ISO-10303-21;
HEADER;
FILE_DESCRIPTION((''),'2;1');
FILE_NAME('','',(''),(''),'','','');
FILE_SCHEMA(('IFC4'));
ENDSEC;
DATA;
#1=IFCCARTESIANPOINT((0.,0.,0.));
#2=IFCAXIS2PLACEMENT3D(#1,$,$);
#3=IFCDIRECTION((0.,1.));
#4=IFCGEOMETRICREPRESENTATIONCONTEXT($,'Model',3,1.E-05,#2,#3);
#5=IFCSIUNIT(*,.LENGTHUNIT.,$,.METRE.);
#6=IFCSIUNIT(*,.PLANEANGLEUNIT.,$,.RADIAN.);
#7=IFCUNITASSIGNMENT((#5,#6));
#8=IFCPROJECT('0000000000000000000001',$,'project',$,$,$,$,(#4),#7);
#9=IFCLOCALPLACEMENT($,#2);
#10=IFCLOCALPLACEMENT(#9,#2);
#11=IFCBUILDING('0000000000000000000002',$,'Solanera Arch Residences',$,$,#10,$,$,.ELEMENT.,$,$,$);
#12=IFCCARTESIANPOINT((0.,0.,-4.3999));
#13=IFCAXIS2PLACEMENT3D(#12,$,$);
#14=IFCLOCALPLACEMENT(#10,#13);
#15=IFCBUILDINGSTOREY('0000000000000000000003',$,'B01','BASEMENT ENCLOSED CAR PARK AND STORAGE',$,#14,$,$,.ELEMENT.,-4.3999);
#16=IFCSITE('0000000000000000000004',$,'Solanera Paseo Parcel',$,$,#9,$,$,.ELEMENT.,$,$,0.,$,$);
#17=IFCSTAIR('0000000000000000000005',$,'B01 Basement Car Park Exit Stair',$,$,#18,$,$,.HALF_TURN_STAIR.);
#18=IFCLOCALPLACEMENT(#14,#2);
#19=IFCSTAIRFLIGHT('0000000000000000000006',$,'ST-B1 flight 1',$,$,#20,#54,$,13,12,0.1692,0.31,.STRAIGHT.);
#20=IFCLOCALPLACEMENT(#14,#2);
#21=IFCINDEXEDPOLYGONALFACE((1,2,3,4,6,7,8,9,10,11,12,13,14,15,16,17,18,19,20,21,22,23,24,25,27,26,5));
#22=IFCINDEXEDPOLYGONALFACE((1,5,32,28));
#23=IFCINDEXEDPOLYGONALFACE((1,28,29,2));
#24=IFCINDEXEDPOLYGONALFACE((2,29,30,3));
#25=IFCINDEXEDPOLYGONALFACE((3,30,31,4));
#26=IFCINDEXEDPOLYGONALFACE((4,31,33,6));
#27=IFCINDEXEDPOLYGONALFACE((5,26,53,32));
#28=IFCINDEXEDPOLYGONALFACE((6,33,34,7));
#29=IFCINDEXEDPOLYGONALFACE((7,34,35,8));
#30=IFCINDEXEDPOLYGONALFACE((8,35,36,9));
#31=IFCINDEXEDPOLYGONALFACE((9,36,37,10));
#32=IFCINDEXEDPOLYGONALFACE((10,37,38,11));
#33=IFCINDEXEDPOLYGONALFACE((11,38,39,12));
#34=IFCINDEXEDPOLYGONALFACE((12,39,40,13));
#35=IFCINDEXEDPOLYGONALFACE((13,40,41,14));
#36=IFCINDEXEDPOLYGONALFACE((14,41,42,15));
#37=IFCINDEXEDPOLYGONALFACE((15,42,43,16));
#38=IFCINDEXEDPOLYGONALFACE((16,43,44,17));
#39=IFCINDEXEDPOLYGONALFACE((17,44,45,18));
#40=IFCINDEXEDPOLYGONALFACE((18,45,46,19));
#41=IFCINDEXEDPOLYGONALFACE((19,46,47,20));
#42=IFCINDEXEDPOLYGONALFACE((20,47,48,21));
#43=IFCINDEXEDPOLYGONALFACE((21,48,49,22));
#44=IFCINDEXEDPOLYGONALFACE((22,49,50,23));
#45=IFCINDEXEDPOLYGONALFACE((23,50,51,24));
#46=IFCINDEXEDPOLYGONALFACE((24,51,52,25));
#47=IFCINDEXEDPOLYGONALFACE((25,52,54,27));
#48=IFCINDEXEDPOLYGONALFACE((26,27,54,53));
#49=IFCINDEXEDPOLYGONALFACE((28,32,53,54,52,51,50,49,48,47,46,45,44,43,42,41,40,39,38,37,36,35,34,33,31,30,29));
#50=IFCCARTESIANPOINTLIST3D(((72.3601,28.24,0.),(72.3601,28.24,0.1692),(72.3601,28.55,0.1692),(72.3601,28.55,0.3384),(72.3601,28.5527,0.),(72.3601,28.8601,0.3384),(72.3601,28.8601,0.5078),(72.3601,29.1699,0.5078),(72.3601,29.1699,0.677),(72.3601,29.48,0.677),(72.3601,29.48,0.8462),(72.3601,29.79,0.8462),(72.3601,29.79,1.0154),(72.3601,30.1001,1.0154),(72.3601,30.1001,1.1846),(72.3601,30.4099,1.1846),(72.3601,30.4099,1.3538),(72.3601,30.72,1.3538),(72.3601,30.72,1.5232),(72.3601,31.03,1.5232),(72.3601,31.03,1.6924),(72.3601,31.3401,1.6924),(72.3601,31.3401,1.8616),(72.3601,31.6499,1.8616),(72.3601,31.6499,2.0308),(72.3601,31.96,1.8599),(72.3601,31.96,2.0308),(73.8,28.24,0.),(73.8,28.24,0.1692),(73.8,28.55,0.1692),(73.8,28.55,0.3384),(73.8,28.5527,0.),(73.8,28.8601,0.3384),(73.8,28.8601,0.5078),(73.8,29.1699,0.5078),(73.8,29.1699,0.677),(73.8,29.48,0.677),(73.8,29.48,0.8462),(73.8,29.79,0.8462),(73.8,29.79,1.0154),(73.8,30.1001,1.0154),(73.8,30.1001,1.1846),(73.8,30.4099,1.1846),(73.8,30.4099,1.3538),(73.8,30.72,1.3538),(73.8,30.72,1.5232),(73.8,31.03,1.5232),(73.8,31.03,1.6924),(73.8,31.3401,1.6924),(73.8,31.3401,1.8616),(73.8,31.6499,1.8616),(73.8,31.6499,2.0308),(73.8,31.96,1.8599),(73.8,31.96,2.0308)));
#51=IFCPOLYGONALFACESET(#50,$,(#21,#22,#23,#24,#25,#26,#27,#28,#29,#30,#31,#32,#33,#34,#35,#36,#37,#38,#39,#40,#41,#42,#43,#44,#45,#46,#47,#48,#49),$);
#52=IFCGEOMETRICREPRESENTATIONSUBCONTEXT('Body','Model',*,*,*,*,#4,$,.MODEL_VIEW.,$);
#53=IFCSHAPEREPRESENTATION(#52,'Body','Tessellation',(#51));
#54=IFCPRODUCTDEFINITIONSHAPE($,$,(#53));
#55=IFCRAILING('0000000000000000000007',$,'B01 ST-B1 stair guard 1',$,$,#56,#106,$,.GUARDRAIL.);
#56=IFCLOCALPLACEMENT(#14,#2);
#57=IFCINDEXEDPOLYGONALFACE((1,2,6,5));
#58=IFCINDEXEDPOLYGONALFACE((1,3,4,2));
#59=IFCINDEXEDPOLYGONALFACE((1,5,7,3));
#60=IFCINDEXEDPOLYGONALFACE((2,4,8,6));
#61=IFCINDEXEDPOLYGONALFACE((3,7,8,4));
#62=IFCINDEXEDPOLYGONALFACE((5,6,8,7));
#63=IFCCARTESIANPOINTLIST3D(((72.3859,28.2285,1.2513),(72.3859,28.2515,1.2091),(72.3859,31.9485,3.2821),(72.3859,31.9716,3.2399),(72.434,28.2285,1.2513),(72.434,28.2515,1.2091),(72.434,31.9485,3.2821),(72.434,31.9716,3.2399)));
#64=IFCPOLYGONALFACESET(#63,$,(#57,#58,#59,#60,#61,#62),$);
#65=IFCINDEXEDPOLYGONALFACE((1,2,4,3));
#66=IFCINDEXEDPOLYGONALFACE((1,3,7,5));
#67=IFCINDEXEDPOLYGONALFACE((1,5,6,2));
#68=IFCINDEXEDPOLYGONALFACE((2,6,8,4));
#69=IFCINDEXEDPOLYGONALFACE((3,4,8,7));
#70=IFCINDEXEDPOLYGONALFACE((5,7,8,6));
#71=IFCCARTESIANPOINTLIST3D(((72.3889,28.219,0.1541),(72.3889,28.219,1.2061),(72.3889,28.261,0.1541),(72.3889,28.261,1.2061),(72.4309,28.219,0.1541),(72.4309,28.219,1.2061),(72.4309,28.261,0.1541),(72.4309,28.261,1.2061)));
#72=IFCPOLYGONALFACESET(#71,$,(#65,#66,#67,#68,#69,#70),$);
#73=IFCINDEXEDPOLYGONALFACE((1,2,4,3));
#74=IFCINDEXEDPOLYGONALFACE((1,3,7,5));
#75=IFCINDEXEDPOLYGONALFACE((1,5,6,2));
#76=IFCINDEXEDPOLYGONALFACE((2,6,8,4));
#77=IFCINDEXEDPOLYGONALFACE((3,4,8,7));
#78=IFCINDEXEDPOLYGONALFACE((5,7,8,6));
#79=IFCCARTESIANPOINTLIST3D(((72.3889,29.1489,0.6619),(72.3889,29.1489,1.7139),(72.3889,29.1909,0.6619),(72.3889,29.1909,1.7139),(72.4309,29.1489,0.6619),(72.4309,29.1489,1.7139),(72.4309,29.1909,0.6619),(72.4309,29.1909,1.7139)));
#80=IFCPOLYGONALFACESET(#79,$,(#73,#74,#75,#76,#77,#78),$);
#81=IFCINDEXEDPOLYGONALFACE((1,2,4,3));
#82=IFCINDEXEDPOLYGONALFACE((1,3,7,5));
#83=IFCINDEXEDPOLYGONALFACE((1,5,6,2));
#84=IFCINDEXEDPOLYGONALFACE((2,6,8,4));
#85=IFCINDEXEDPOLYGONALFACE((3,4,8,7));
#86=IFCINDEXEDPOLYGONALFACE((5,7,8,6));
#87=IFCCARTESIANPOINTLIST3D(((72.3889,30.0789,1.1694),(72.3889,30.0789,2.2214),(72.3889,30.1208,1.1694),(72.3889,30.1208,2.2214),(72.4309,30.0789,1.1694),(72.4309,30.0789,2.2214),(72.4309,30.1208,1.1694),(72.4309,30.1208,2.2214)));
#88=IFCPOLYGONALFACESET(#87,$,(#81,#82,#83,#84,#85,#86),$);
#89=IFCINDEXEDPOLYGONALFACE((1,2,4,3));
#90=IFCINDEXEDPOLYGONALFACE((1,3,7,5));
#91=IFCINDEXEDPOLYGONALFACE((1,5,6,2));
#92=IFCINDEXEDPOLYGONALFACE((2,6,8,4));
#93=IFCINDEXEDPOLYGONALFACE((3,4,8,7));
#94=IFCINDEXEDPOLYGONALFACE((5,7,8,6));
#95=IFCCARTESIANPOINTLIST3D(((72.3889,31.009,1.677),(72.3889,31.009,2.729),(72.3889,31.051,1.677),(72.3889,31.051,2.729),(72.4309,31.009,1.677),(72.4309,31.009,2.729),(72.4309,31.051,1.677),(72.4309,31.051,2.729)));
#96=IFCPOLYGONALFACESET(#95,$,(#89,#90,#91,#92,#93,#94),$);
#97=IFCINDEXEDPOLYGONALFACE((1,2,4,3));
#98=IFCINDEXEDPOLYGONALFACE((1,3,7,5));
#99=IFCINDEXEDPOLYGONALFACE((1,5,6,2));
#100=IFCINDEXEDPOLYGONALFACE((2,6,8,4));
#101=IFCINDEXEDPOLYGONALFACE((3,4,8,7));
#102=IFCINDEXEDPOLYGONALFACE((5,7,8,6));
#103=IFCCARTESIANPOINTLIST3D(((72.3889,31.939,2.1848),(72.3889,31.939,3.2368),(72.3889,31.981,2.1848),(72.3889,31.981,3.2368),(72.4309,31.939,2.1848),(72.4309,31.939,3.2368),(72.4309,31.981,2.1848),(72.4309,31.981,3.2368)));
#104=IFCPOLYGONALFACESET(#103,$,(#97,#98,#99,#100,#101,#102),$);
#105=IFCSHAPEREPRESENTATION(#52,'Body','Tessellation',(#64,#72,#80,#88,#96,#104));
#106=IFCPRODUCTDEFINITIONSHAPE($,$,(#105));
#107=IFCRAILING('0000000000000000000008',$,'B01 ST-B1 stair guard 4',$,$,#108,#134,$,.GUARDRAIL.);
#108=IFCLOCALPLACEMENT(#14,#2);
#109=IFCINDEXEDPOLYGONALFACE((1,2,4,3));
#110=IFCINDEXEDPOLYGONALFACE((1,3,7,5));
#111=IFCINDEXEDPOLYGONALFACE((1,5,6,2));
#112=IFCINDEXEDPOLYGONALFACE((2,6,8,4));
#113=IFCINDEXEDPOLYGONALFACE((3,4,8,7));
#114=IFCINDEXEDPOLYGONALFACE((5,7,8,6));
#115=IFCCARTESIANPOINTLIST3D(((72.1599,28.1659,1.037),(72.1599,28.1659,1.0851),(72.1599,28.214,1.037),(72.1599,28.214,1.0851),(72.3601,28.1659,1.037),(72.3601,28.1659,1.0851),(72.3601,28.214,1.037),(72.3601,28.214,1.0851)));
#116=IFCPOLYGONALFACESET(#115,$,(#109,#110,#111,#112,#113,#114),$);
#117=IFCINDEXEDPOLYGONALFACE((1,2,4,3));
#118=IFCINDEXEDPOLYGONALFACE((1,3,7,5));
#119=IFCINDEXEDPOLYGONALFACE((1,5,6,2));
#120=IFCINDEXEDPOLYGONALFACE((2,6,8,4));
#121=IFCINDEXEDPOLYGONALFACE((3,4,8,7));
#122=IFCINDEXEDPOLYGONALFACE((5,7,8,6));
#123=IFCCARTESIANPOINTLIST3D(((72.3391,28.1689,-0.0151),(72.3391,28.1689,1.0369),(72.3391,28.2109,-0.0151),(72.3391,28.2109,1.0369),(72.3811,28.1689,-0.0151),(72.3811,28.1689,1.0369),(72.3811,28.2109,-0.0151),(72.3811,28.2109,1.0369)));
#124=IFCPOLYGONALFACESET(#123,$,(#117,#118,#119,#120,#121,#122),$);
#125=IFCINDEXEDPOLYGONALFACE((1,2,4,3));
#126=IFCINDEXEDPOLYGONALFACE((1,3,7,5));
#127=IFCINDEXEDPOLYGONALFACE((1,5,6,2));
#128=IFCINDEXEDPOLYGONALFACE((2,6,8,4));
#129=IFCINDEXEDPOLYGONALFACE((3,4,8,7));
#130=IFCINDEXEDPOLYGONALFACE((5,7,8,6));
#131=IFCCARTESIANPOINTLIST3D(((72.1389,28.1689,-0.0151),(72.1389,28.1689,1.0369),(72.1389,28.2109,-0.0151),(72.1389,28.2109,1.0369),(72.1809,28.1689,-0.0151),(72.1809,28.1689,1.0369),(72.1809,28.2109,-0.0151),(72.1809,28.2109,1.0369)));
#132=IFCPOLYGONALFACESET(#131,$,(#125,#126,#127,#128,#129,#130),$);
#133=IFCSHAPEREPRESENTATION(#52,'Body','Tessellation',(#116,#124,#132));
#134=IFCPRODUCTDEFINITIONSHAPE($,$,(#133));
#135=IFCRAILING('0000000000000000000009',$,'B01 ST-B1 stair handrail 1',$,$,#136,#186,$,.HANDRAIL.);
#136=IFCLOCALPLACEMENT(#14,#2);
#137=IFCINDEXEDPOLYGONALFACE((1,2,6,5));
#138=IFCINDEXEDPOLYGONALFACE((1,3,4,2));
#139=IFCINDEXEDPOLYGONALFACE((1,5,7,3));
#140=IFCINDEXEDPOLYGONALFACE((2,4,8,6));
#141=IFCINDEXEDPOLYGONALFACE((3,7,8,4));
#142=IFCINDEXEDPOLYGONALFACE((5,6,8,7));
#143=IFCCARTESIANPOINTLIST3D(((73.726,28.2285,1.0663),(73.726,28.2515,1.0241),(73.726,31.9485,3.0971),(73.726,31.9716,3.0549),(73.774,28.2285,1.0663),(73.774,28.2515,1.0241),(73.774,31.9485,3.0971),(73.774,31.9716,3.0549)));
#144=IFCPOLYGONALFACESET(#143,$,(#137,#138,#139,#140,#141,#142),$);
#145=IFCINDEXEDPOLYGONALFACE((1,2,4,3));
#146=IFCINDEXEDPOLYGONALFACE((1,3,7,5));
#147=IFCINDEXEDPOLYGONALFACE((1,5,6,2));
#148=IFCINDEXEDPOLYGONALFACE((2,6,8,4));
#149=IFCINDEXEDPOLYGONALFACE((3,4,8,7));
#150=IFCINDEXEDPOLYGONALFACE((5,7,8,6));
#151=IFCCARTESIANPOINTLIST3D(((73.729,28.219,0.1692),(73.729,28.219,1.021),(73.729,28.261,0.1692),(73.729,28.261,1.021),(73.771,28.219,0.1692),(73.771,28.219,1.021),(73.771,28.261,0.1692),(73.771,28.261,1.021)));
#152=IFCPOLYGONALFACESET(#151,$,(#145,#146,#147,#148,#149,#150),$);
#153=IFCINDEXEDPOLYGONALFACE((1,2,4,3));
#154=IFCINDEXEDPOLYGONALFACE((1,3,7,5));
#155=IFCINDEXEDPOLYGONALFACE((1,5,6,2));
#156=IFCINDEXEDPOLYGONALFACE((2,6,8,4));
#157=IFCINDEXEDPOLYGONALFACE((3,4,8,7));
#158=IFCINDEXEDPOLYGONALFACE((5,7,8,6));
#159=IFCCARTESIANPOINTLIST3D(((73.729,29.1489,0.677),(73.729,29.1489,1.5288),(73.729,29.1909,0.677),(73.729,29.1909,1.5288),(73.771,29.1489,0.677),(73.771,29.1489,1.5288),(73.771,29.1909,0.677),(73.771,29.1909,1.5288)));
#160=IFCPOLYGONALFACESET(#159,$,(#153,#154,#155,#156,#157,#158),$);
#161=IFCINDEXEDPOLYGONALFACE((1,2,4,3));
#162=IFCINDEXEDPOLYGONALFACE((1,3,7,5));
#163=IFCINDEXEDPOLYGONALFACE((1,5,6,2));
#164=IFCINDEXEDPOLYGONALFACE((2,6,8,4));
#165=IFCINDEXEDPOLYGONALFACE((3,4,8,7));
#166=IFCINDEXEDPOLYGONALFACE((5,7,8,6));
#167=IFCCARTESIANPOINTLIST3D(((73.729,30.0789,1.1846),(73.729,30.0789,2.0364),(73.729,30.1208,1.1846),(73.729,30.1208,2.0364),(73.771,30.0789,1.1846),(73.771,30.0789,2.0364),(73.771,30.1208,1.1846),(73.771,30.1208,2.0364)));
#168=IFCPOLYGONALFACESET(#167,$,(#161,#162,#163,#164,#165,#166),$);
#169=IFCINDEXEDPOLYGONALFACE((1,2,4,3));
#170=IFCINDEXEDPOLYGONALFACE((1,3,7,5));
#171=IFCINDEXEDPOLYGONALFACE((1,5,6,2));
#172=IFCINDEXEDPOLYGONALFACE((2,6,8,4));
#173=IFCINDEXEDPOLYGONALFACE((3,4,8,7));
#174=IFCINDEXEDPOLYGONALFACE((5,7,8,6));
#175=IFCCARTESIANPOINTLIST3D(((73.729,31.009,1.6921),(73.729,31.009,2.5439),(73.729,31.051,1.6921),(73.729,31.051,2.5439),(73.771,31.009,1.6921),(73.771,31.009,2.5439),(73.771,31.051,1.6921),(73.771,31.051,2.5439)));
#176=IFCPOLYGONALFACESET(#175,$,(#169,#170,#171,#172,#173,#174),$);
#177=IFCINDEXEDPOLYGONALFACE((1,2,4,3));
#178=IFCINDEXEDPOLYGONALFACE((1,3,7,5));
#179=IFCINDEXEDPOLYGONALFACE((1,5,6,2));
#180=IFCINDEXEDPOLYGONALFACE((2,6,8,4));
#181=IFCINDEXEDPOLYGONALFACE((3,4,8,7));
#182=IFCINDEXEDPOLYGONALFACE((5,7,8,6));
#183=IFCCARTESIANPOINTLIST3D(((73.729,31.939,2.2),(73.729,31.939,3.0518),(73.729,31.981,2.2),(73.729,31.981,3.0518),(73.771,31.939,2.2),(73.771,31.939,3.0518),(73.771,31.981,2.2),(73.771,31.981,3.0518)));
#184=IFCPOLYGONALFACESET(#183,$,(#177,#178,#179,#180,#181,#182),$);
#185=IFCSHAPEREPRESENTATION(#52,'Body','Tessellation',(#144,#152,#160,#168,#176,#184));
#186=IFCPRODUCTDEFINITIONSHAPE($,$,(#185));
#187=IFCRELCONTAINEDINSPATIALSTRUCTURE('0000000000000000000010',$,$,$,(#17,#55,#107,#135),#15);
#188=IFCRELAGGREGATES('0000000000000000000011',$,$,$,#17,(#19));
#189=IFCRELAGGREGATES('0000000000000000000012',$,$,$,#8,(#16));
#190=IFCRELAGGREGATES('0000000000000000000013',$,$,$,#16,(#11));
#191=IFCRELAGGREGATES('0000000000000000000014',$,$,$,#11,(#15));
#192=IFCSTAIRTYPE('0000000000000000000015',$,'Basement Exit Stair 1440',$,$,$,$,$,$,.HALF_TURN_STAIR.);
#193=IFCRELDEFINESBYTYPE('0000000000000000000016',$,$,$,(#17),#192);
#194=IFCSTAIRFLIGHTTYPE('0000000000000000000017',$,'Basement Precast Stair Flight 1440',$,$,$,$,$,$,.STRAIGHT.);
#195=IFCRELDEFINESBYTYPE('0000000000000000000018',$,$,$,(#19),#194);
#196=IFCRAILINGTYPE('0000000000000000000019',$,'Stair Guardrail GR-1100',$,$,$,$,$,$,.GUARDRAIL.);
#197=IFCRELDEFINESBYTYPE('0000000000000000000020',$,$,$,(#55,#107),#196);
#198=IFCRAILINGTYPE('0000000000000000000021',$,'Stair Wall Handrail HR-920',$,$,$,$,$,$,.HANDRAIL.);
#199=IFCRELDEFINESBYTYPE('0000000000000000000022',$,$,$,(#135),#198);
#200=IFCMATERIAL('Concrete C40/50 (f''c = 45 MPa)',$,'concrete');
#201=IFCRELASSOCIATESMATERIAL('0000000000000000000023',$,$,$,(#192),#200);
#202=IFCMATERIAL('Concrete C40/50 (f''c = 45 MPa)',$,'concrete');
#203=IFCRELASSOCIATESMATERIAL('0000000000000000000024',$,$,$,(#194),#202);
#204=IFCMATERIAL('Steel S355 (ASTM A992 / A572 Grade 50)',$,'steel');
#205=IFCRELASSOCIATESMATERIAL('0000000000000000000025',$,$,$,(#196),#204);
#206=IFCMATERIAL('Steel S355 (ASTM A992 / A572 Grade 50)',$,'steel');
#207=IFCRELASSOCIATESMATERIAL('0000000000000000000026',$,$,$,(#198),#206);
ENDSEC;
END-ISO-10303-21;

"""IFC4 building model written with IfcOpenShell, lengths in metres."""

from ifc_helpers import new_model, si_unit, direction, frame, origin, origin_2d, place, context, subcontext, project, spatial, polyline, rectangle, outline, extrude, material, type_object, element, aggregate, save


model = new_model("IFC4")

# Units and contexts
model_context = context("Model", 3, precision=1e-05, world=origin(), true_north=direction((0.0, 1.0)))
body_context = subcontext(model_context, "Body", "Model", "MODEL_VIEW")
ifc_project = project(units=[si_unit("LENGTHUNIT", "METRE"), si_unit("PLANEANGLEUNIT", "RADIAN")], contexts=[model_context])

# Site, building, storey
site_placement = place(None, origin())
site = spatial("IfcSite", under=ifc_project, at=site_placement, Name="Solanera Paseo Parcel", CompositionType="ELEMENT", RefElevation=0.0)
building_placement = place(site_placement, origin())
building = spatial("IfcBuilding", under=site, at=building_placement, Name="Solanera Arch Residences", CompositionType="ELEMENT")
storey_placement = place(building_placement, frame((0.0, 0.0, -4.3999)))
storey = spatial("IfcBuildingStorey", under=building, at=storey_placement, Name="B01", Description="BASEMENT ENCLOSED CAR PARK AND STORAGE", CompositionType="ELEMENT", Elevation=-4.3999)

# Stair, stair flight
ifc_material_1 = material(Name="Concrete C40/50 (f'c = 45 MPa)", Category="concrete")
stair_type = type_object("IfcStairType", Name="Basement Exit Stair 1440", PredefinedType="HALF_TURN_STAIR", material=ifc_material_1)
stair_placement = place(storey_placement, origin())
stair = element("IfcStair", 1, at=stair_placement, inside=storey, type_object=stair_type, Name="B01 Basement Car Park Exit Stair", PredefinedType="HALF_TURN_STAIR")
ifc_material_2 = material(Name="Concrete C40/50 (f'c = 45 MPa)", Category="concrete")
stair_flight_type = type_object("IfcStairFlightType", Name="Basement Precast Stair Flight 1440", PredefinedType="STRAIGHT", material=ifc_material_2)
stair_flight_placement = place(storey_placement, frame((73.0801, 28.24, 0.0), z_axis=(0.0, 0.0, 1.0), x_axis=(0.0, 1.0, 0.0)))
stair_flight = element("IfcStairFlight", 2, at=stair_flight_placement, type_object=stair_flight_type, Name="ST-B1 flight 1", NumberOfRisers=13, NumberOfTreads=12, PredefinedType="STRAIGHT", RiserHeight=0.1692, TreadLength=0.31, context=body_context, shape_type="SweptSolid", body=[
    extrude(outline(polyline([(0.0, 0.0), (0.0, 0.1692), (0.3101, 0.1692), (0.3101, 0.3384), (0.6201, 0.3384), (0.6201, 0.5078), (0.9299, 0.5078), (0.9299, 0.677), (1.24, 0.677), (1.24, 0.8462), (1.55, 0.8462), (1.55, 1.0154), (1.8601, 1.0154), (1.8601, 1.1846), (2.1699, 1.1846), (2.1699, 1.3538), (2.48, 1.3538), (2.48, 1.5232), (2.79, 1.5232), (2.79, 1.6924), (3.1001, 1.6924), (3.1001, 1.8616), (3.4099, 1.8616), (3.4099, 2.0308), (3.72, 2.0308), (3.72, 2.2), (3.72, 1.8599), (0.3127, 0.0), (0.0, 0.0)])), frame((0.0, 0.72, 0.0), z_axis=(0.0, -1.0, 0.0), x_axis=(1.0, 0.0, 0.0)), (0.0, 0.0, 1.0), 1.4399),
])
aggregate(stair, [stair_flight])

# Railings
ifc_material_3 = material(Name="Steel S355 (ASTM A992 / A572 Grade 50)", Category="steel")
railing_type_1 = type_object("IfcRailingType", Name="Stair Guardrail GR-1100", PredefinedType="GUARDRAIL", material=ifc_material_3)
railing_1_placement = place(storey_placement, frame((72.4099, 28.24, 0.1541)))
element("IfcRailing", 3, at=railing_1_placement, inside=storey, type_object=railing_type_1, Name="B01 ST-B1 stair guard 1", PredefinedType="GUARDRAIL", context=body_context, shape_type="SweptSolid", body=[
    extrude(rectangle(XDim=0.0481, YDim=0.0481, at=origin_2d()), frame((0.0, 0.0, 1.0762), z_axis=(0.0, 0.877728, 0.479159), x_axis=(-1.0, 0.0, 0.0)), (0.0, 0.0, 1.0), 4.2383),
    extrude(rectangle(XDim=0.042, YDim=0.042, at=origin_2d()), origin(), (0.0, 0.0, 1.0), 1.052),
    extrude(rectangle(XDim=0.042, YDim=0.042, at=origin_2d()), frame((0.0, 0.9299, 0.5078)), (0.0, 0.0, 1.0), 1.052),
    extrude(rectangle(XDim=0.042, YDim=0.042, at=origin_2d()), frame((0.0, 1.8599, 1.0154)), (0.0, 0.0, 1.0), 1.052),
    extrude(rectangle(XDim=0.042, YDim=0.042, at=origin_2d()), frame((0.0, 2.79, 1.5229)), (0.0, 0.0, 1.0), 1.052),
    extrude(rectangle(XDim=0.042, YDim=0.042, at=origin_2d()), frame((0.0, 3.72, 2.0308)), (0.0, 0.0, 1.0), 1.052),
])
railing_2_placement = place(storey_placement, frame((72.3601, 28.1899, -0.0151)))
element("IfcRailing", 4, at=railing_2_placement, inside=storey, type_object=railing_type_1, Name="B01 ST-B1 stair guard 4", PredefinedType="GUARDRAIL", context=body_context, shape_type="SweptSolid", body=[
    extrude(rectangle(XDim=0.0481, YDim=0.0481, at=origin_2d()), frame((0.0, 0.0, 1.0762), z_axis=(-1.0, 0.0, 0.0), x_axis=(0.0, -1.0, 0.0)), (0.0, 0.0, 1.0), 0.2002),
    extrude(rectangle(XDim=0.042, YDim=0.042, at=origin_2d()), origin(), (0.0, 0.0, 1.0), 1.052),
    extrude(rectangle(XDim=0.042, YDim=0.042, at=origin_2d()), frame((-0.2002, 0.0, 0.0)), (0.0, 0.0, 1.0), 1.052),
])
ifc_material_4 = material(Name="Steel S355 (ASTM A992 / A572 Grade 50)", Category="steel")
railing_type_2 = type_object("IfcRailingType", Name="Stair Wall Handrail HR-920", PredefinedType="HANDRAIL", material=ifc_material_4)
railing_3_placement = place(storey_placement, frame((73.75, 28.24, 0.1692)))
element("IfcRailing", 5, at=railing_3_placement, inside=storey, type_object=railing_type_2, Name="B01 ST-B1 stair handrail 1", PredefinedType="HANDRAIL", context=body_context, shape_type="SweptSolid", body=[
    extrude(rectangle(XDim=0.0481, YDim=0.0481, at=origin_2d()), frame((0.0, 0.0, 0.876), z_axis=(0.0, 0.877728, 0.479159), x_axis=(-1.0, 0.0, 0.0)), (0.0, 0.0, 1.0), 4.2383),
    extrude(rectangle(XDim=0.042, YDim=0.042, at=origin_2d()), origin(), (0.0, 0.0, 1.0), 0.8518),
    extrude(rectangle(XDim=0.042, YDim=0.042, at=origin_2d()), frame((0.0, 0.9299, 0.5078)), (0.0, 0.0, 1.0), 0.8518),
    extrude(rectangle(XDim=0.042, YDim=0.042, at=origin_2d()), frame((0.0, 1.8599, 1.0154)), (0.0, 0.0, 1.0), 0.8518),
    extrude(rectangle(XDim=0.042, YDim=0.042, at=origin_2d()), frame((0.0, 2.79, 1.5229)), (0.0, 0.0, 1.0), 0.8518),
    extrude(rectangle(XDim=0.042, YDim=0.042, at=origin_2d()), frame((0.0, 3.72, 2.0308)), (0.0, 0.0, 1.0), 0.8518),
])

save(model, "model.ifc")
